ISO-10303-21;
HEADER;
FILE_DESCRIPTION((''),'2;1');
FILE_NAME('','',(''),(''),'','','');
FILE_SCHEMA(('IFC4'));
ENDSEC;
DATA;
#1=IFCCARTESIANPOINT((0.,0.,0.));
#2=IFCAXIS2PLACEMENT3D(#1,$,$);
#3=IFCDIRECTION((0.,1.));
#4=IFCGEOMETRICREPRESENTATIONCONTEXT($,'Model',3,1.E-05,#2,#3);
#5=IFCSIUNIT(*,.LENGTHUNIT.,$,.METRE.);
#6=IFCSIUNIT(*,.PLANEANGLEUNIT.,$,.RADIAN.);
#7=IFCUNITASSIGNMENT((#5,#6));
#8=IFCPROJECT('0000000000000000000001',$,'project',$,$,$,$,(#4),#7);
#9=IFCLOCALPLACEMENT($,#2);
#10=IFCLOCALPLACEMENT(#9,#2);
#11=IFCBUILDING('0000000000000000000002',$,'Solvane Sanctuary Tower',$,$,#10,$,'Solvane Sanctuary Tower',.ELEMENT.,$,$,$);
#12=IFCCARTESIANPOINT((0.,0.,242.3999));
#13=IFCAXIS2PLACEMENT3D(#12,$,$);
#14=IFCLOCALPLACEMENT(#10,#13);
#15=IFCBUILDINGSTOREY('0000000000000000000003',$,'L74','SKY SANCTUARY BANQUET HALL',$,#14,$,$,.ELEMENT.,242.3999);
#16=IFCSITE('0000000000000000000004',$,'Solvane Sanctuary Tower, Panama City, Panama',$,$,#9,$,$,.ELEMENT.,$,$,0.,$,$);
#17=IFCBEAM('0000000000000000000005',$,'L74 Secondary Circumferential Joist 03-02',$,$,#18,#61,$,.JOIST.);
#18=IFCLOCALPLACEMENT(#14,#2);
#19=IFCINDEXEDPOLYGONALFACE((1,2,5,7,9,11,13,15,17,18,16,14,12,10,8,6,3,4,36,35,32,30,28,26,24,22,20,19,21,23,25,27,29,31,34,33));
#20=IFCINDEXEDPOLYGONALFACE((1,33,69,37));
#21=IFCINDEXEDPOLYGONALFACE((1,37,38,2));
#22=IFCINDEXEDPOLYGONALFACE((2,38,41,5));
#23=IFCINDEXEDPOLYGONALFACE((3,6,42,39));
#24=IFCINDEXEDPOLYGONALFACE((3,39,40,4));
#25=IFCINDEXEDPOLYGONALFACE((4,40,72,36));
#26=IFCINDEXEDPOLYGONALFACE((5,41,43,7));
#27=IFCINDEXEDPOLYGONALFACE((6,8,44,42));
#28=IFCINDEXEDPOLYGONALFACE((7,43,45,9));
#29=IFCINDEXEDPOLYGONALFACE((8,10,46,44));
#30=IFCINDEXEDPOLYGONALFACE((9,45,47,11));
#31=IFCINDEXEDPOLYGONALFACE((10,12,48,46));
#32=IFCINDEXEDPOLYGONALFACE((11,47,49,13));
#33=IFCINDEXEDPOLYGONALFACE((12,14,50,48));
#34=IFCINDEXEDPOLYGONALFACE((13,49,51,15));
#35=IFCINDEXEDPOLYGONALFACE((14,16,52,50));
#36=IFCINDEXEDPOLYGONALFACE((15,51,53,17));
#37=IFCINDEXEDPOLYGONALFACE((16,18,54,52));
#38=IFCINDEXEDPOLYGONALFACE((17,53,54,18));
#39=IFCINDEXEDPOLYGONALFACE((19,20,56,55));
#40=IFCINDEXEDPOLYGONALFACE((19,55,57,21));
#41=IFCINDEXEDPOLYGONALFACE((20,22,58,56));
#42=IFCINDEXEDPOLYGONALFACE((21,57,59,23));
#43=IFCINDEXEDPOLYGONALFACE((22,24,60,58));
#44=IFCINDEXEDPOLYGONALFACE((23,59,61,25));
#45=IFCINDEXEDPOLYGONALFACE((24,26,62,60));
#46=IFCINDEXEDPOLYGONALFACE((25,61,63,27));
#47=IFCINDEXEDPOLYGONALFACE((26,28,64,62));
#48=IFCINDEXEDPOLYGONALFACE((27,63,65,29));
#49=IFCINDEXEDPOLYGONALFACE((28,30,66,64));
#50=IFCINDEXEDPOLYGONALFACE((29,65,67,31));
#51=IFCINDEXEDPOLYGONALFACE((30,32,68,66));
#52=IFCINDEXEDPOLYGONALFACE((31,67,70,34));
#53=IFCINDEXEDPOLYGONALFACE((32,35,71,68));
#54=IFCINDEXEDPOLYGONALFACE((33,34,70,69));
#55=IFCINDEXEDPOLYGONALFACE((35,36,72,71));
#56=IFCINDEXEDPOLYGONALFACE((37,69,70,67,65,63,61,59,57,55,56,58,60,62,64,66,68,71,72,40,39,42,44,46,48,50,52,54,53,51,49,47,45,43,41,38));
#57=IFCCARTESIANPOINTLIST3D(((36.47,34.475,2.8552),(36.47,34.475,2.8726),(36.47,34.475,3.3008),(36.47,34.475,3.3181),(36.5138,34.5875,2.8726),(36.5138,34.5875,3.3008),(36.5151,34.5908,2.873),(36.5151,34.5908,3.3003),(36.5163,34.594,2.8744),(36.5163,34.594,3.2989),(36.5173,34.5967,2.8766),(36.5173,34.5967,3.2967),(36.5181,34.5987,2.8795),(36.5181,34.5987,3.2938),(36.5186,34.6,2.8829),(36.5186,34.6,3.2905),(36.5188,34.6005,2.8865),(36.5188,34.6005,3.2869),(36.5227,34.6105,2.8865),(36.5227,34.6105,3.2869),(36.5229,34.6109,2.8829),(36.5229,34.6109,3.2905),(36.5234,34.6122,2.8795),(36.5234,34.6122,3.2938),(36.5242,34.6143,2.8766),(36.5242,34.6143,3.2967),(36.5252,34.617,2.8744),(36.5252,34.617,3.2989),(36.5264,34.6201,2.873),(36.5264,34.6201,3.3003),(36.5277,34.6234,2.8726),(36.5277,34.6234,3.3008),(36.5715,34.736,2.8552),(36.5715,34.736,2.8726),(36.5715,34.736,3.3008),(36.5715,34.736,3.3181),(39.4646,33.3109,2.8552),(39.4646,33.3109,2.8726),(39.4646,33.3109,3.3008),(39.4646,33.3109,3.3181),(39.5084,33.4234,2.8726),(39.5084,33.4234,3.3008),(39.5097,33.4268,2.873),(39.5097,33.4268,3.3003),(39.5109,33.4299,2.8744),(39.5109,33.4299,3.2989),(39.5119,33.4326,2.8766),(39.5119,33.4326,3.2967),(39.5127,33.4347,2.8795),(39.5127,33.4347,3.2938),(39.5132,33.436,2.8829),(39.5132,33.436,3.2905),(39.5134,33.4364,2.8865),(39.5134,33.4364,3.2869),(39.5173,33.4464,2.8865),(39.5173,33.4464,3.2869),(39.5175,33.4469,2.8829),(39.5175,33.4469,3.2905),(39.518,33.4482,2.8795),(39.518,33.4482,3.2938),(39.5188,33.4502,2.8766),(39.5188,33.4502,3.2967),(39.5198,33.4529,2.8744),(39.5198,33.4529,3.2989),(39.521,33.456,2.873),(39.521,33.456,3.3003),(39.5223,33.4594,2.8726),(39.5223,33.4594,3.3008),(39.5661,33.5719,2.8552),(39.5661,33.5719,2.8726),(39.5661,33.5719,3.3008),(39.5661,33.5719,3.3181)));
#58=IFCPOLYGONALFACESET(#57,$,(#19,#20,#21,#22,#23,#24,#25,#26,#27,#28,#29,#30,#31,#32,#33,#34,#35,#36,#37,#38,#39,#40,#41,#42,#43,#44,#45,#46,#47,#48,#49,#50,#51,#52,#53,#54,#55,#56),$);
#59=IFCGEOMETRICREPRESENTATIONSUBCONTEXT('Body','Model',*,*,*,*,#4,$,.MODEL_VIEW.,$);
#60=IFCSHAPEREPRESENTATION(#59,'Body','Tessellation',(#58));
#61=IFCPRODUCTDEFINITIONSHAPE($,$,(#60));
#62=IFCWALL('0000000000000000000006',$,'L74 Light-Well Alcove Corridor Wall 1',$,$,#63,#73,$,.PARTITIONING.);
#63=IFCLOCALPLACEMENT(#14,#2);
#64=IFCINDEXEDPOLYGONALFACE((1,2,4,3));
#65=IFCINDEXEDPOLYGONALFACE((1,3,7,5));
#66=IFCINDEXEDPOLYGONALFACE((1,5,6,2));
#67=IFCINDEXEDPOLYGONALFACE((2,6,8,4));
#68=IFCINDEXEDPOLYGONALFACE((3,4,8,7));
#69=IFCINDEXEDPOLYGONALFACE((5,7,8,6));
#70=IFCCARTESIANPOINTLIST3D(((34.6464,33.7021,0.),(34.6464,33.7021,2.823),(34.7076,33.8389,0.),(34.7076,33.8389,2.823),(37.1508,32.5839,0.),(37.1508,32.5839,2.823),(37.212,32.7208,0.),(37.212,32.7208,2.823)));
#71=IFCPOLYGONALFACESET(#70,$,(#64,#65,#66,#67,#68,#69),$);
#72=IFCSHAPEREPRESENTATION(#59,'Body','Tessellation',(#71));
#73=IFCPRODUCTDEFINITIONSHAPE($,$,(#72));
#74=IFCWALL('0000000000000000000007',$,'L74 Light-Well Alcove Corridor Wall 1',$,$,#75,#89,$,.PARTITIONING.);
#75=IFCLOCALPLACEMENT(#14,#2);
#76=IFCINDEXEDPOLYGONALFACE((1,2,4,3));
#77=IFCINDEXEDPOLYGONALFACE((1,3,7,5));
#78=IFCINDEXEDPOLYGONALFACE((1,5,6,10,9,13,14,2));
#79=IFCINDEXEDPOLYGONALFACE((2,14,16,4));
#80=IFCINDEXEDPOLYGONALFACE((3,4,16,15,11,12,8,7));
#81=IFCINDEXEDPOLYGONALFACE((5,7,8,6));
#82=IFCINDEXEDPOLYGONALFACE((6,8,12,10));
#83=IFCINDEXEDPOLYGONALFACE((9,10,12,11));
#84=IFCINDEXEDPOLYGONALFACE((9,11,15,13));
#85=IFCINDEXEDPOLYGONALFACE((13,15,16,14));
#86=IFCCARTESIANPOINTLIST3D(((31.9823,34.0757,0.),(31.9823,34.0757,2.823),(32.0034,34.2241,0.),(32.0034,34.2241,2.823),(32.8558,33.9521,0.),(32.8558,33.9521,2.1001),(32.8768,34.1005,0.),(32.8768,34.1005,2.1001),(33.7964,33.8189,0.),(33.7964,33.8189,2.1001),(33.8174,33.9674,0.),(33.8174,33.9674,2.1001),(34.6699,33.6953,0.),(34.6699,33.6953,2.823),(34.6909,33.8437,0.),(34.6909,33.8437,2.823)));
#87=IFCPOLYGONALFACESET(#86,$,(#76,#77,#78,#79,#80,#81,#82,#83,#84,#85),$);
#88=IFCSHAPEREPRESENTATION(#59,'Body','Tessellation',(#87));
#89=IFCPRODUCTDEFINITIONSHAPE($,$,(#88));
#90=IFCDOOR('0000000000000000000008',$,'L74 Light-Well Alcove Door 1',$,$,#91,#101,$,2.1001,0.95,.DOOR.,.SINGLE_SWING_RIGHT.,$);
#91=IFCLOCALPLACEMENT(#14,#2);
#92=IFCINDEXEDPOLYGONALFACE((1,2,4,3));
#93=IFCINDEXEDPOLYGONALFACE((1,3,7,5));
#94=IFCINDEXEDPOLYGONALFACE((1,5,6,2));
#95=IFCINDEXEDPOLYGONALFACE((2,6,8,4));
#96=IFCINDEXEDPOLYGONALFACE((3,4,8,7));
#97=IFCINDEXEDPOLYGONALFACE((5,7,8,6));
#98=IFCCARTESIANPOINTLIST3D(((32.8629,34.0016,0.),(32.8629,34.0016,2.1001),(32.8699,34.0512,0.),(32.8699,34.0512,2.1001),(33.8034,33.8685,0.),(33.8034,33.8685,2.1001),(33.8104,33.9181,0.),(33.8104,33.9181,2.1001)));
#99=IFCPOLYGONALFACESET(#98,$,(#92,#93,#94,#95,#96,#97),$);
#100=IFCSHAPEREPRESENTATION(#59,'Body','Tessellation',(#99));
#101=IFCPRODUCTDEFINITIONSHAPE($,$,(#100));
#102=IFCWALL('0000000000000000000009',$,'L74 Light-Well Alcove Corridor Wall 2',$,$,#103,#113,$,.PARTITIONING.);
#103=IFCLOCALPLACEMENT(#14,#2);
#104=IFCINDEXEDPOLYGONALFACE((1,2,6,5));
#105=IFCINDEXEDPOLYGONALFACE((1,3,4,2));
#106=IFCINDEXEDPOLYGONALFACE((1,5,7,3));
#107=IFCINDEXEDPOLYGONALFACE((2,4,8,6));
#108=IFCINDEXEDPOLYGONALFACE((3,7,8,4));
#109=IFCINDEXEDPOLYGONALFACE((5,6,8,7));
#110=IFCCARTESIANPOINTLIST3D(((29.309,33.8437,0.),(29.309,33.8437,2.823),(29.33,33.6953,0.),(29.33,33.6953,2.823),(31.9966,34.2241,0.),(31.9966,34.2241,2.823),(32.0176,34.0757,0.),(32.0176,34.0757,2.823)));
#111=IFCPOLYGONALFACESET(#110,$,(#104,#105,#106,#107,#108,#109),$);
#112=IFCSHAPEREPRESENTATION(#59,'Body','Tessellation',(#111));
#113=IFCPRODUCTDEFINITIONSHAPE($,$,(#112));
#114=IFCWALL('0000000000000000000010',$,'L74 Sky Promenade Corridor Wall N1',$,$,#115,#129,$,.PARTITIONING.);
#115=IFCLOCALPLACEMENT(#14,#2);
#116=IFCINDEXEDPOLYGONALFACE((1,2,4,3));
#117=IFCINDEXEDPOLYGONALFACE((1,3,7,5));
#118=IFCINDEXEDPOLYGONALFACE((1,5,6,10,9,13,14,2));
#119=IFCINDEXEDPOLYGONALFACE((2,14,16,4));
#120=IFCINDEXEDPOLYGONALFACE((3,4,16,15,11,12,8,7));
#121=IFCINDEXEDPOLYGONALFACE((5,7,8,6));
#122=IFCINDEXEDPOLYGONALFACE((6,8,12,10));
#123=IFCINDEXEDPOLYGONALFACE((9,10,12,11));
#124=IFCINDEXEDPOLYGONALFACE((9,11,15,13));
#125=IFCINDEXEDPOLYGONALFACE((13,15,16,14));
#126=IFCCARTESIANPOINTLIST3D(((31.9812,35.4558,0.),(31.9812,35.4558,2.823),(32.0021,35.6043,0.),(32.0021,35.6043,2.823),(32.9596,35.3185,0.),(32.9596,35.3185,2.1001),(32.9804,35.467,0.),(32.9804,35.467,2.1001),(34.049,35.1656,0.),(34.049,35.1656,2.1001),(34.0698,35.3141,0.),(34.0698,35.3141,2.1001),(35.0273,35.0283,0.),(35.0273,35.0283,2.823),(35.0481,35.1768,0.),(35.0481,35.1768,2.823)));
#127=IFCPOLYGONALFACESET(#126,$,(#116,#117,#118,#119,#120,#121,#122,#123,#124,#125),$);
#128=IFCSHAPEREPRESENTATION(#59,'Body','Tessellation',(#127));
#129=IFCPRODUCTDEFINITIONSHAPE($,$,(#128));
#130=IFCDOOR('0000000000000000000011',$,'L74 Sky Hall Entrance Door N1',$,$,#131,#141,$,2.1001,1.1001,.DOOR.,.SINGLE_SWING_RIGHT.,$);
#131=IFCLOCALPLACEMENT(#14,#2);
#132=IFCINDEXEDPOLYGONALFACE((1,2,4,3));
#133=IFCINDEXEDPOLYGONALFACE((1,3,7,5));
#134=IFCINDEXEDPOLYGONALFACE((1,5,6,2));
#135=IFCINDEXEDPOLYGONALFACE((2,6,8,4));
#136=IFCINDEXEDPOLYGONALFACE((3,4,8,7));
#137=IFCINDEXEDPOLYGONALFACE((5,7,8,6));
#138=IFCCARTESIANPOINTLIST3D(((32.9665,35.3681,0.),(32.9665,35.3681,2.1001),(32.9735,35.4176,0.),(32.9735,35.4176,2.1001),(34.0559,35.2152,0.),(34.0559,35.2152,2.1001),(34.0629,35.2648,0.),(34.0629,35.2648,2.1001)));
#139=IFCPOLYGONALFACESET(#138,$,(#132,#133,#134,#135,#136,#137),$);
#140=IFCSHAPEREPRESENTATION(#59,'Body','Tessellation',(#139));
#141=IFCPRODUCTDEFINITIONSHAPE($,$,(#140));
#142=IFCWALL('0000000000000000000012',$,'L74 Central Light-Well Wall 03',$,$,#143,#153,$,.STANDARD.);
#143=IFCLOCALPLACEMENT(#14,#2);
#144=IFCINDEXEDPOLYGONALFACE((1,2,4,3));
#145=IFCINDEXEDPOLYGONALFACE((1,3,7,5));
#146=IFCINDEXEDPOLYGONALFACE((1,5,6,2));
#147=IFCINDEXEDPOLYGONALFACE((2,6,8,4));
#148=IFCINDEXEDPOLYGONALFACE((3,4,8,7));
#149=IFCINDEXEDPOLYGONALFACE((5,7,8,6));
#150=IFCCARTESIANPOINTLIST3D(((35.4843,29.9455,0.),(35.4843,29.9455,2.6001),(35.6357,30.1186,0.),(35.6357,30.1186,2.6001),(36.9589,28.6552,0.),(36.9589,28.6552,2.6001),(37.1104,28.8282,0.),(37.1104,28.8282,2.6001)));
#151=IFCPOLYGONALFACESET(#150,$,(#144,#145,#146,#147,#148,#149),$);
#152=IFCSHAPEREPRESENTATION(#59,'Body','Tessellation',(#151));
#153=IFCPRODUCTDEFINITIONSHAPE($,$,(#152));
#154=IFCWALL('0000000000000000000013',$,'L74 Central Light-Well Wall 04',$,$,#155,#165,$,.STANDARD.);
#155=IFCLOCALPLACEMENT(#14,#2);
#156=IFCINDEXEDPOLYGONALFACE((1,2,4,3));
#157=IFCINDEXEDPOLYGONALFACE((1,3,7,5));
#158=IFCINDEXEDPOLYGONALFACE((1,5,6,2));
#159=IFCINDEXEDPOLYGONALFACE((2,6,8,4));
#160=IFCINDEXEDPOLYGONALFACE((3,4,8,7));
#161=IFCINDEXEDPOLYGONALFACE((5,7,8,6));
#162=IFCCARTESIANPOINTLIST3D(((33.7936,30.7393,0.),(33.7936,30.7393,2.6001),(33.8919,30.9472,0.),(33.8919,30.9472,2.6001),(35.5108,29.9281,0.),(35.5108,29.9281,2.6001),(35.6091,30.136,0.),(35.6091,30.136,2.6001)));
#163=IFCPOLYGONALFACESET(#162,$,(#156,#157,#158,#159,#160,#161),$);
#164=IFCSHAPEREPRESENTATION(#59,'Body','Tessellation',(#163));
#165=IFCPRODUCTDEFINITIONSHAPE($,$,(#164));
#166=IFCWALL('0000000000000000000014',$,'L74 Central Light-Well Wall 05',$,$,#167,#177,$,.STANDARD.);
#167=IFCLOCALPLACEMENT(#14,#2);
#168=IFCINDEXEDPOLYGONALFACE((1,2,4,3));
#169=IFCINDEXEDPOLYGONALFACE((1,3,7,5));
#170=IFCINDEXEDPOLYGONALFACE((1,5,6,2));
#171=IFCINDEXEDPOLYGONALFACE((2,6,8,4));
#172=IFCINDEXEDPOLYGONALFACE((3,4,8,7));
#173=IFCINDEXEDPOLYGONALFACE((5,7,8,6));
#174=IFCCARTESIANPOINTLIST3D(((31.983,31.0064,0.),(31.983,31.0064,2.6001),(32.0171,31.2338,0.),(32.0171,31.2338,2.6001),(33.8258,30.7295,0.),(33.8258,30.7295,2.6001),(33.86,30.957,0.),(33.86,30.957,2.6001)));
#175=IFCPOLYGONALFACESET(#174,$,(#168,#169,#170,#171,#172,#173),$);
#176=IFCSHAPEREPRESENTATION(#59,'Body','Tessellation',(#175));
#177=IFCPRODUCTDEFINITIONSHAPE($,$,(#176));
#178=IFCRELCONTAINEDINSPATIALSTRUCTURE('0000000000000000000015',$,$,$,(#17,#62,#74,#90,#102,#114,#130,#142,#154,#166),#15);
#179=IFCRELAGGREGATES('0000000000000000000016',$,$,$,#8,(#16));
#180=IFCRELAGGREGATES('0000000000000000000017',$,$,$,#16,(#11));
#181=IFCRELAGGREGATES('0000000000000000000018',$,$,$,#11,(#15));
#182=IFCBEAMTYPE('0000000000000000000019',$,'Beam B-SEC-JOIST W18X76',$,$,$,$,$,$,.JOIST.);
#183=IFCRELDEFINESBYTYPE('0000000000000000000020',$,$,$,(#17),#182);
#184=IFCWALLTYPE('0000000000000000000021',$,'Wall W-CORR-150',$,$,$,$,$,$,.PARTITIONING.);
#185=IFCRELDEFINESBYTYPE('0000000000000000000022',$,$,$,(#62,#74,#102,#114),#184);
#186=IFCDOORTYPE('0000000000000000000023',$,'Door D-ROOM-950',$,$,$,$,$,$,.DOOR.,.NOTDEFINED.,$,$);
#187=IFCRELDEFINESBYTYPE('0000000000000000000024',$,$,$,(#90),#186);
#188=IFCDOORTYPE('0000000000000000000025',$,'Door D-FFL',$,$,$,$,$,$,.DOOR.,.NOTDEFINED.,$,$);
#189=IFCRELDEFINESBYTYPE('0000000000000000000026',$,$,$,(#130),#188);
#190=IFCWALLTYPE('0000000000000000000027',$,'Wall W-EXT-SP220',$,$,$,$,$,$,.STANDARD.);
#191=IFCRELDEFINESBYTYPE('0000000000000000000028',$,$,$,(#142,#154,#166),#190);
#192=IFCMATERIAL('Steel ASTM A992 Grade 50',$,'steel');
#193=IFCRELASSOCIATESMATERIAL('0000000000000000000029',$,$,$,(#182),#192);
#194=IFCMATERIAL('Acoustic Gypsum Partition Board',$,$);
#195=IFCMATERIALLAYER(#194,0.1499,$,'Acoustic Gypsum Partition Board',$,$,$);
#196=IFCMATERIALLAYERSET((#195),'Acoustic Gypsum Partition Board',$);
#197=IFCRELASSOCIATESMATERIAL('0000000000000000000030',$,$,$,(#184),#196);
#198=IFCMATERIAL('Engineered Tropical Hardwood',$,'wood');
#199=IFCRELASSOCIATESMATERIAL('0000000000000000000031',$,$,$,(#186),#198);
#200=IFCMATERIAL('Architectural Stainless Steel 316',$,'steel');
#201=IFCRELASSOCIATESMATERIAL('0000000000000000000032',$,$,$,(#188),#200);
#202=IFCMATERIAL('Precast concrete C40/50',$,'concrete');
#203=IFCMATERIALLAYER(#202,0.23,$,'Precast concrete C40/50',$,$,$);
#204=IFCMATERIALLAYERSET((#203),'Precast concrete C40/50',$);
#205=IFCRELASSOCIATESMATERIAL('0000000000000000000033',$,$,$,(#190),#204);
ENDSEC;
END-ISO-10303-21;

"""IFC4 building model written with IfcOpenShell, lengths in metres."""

from ifc_helpers import new_model, si_unit, direction, frame, frame_2d, origin, origin_2d, place, context, subcontext, project, spatial, rectangle, i_section, extrude, material, layer, layer_set, material_profile, profile_set, type_object, element, fill, save


model = new_model("IFC4")

# Units and contexts
model_context = context("Model", 3, precision=1e-05, world=origin(), true_north=direction((0.0, 1.0)))
body_context = subcontext(model_context, "Body", "Model", "MODEL_VIEW")
ifc_project = project(units=[si_unit("LENGTHUNIT", "METRE"), si_unit("PLANEANGLEUNIT", "RADIAN")], contexts=[model_context])

# Site, building, storey
site_placement = place(None, origin())
site = spatial("IfcSite", under=ifc_project, at=site_placement, Name="Solvane Sanctuary Tower, Panama City, Panama", CompositionType="ELEMENT", RefElevation=0.0)
building_placement = place(site_placement, origin())
building = spatial("IfcBuilding", under=site, at=building_placement, Name="Solvane Sanctuary Tower", LongName="Solvane Sanctuary Tower", CompositionType="ELEMENT")
storey_placement = place(building_placement, frame((0.0, 0.0, 242.3999)))
storey = spatial("IfcBuildingStorey", under=building, at=storey_placement, Name="L74", Description="SKY SANCTUARY BANQUET HALL", CompositionType="ELEMENT", Elevation=242.3999)

# Beam
ifc_material_1 = material(Name="Steel ASTM A992 Grade 50", Category="steel")
ifc_material_profile_1 = material_profile(ifc_material_1, i_section(OverallWidth=0.28, OverallDepth=0.4629, WebThickness=0.0107, FlangeThickness=0.0173, FilletRadius=0.0139, at=origin_2d()), Name="W18X76")
ifc_profile_set_1 = profile_set([ifc_material_profile_1], Name="Steel ASTM A992 Grade 50")
beam_type_1 = type_object("IfcBeamType", Name="Beam B-SEC-JOIST W18X76", PredefinedType="JOIST", material=ifc_profile_set_1)
beam_1_placement = place(storey_placement, frame((36.5208, 34.6055, 3.0867), z_axis=(0.932059, -0.362307, 0.0), x_axis=(0.362307, 0.932059, 0.0)))
element("IfcBeam", 1, at=beam_1_placement, inside=storey, type_object=beam_type_1, Name="L74 Secondary Circumferential Joist 03-02", PredefinedType="JOIST", context=body_context, shape_type="SweptSolid", body=[
    extrude(i_section(OverallWidth=0.28, OverallDepth=0.4629, WebThickness=0.0107, FlangeThickness=0.0173, FilletRadius=0.0139, at=origin_2d()), origin(), (0.0, 0.0, 1.0), 3.2129),
])

# Wall
ifc_material_2 = material(Name="Acoustic Gypsum Partition Board")
ifc_layer_1 = layer(ifc_material_2, 0.1499, Name="Acoustic Gypsum Partition Board")
ifc_layer_set_1 = layer_set([ifc_layer_1], Name="Acoustic Gypsum Partition Board")
wall_type_1 = type_object("IfcWallType", Name="Wall W-CORR-150", PredefinedType="PARTITIONING", material=ifc_layer_set_1)
wall_1_placement = place(storey_placement, frame((37.1814, 32.6523, 0.0), z_axis=(0.0, 0.0, 1.0), x_axis=(-0.91312, 0.407691, 0.0)))
element("IfcWall", 2, at=wall_1_placement, inside=storey, type_object=wall_type_1, Name="L74 Light-Well Alcove Corridor Wall 1", PredefinedType="PARTITIONING", context=body_context, shape_type="SweptSolid", body=[
    extrude(rectangle(XDim=2.7427, YDim=0.1499, at=frame_2d((1.3713, 0.0))), origin(), (0.0, 0.0, 1.0), 2.823),
])

# Wall, opening, door
wall_2_placement = place(storey_placement, frame((34.6804, 33.7695, 0.0), z_axis=(0.0, 0.0, 1.0), x_axis=(-0.990132, 0.140137, 0.0)))
wall_2 = element("IfcWall", 3, at=wall_2_placement, inside=storey, type_object=wall_type_1, Name="L74 Light-Well Alcove Corridor Wall 1", PredefinedType="PARTITIONING", context=body_context, shape_type="SweptSolid", body=[
    extrude(rectangle(XDim=2.7144, YDim=0.1499, at=frame_2d((1.3572, 0.0))), origin(), (0.0, 0.0, 1.0), 2.823),
])
opening_1_placement = place(wall_2_placement, frame((0.8821, 0.0, 0.0)))
opening_1 = element("IfcOpeningElement", 4, at=opening_1_placement, cuts=wall_2, PredefinedType="OPENING", context=body_context, shape_type="SweptSolid", body=[
    extrude(rectangle(XDim=0.95, YDim=2.1001, at=frame_2d((0.4751, 1.05))), frame((0.0, 0.085, 0.0), z_axis=(0.0, -1.0, 0.0), x_axis=(1.0, 0.0, 0.0)), (0.0, 0.0, 1.0), 0.1699),
])
ifc_material_3 = material(Name="Engineered Tropical Hardwood", Category="wood")
door_type_1 = type_object("IfcDoorType", Name="Door D-ROOM-950", OperationType="NOTDEFINED", PredefinedType="DOOR", material=ifc_material_3)
door_1_placement = place(opening_1_placement, origin())
door_1 = element("IfcDoor", 5, at=door_1_placement, inside=storey, type_object=door_type_1, Name="L74 Light-Well Alcove Door 1", OperationType="SINGLE_SWING_RIGHT", OverallHeight=2.1001, OverallWidth=0.95, PredefinedType="DOOR", context=body_context, shape_type="SweptSolid", body=[
    extrude(rectangle(XDim=0.95, YDim=2.1001, at=frame_2d((0.4751, 1.05))), frame((0.0, 0.0249, 0.0), z_axis=(0.0, -1.0, 0.0), x_axis=(1.0, 0.0, 0.0)), (0.0, 0.0, 1.0), 0.05),
])
fill(opening_1, door_1)

# Wall
wall_3_placement = place(storey_placement, frame((32.0071, 34.1499, 0.0), z_axis=(0.0, 0.0, 1.0), x_axis=(-0.990132, -0.140137, 0.0)))
element("IfcWall", 6, at=wall_3_placement, inside=storey, type_object=wall_type_1, Name="L74 Light-Well Alcove Corridor Wall 2", PredefinedType="PARTITIONING", context=body_context, shape_type="SweptSolid", body=[
    extrude(rectangle(XDim=2.7144, YDim=0.1499, at=frame_2d((1.3572, 0.0))), origin(), (0.0, 0.0, 1.0), 2.823),
])

# Wall, opening, door
wall_4_placement = place(storey_placement, frame((35.0378, 35.1025, 0.0), z_axis=(0.0, 0.0, 1.0), x_axis=(-0.990296, 0.138976, 0.0)))
wall_4 = element("IfcWall", 7, at=wall_4_placement, inside=storey, type_object=wall_type_1, Name="L74 Sky Promenade Corridor Wall N1", PredefinedType="PARTITIONING", context=body_context, shape_type="SweptSolid", body=[
    extrude(rectangle(XDim=3.0759, YDim=0.1499, at=frame_2d((1.5381, 0.0))), origin(), (0.0, 0.0, 1.0), 2.823),
])
opening_2_placement = place(wall_4_placement, frame((0.988, 0.0, 0.0)))
opening_2 = element("IfcOpeningElement", 8, at=opening_2_placement, cuts=wall_4, PredefinedType="OPENING", context=body_context, shape_type="SweptSolid", body=[
    extrude(rectangle(XDim=1.1001, YDim=2.1001, at=frame_2d((0.55, 1.05))), frame((0.0, 0.085, 0.0), z_axis=(0.0, -1.0, 0.0), x_axis=(1.0, 0.0, 0.0)), (0.0, 0.0, 1.0), 0.1699),
])
ifc_material_4 = material(Name="Architectural Stainless Steel 316", Category="steel")
door_type_2 = type_object("IfcDoorType", Name="Door D-FFL", OperationType="NOTDEFINED", PredefinedType="DOOR", material=ifc_material_4)
door_2_placement = place(opening_2_placement, origin())
door_2 = element("IfcDoor", 9, at=door_2_placement, inside=storey, type_object=door_type_2, Name="L74 Sky Hall Entrance Door N1", OperationType="SINGLE_SWING_RIGHT", OverallHeight=2.1001, OverallWidth=1.1001, PredefinedType="DOOR", context=body_context, shape_type="SweptSolid", body=[
    extrude(rectangle(XDim=1.1001, YDim=2.1001, at=frame_2d((0.55, 1.05))), frame((0.0, 0.0249, 0.0), z_axis=(0.0, -1.0, 0.0), x_axis=(1.0, 0.0, 0.0)), (0.0, 0.0, 1.0), 0.05),
])
fill(opening_2, door_2)

# Walls
ifc_material_5 = material(Name="Precast concrete C40/50", Category="concrete")
ifc_layer_2 = layer(ifc_material_5, 0.23, Name="Precast concrete C40/50")
ifc_layer_set_2 = layer_set([ifc_layer_2], Name="Precast concrete C40/50")
wall_type_2 = type_object("IfcWallType", Name="Wall W-EXT-SP220", PredefinedType="STANDARD", material=ifc_layer_set_2)
wall_5_placement = place(storey_placement, frame((37.0347, 28.7417, 0.0), z_axis=(0.0, 0.0, 1.0), x_axis=(-0.752577, 0.658505, 0.0)))
element("IfcWall", 10, at=wall_5_placement, inside=storey, type_object=wall_type_2, Name="L74 Central Light-Well Wall 03", PredefinedType="STANDARD", context=body_context, shape_type="SweptSolid", body=[
    extrude(rectangle(XDim=1.9595, YDim=0.23, at=frame_2d((0.9797, 0.0))), origin(), (0.0, 0.0, 1.0), 2.6001),
])
wall_6_placement = place(storey_placement, frame((35.5601, 30.032, 0.0), z_axis=(0.0, 0.0, 1.0), x_axis=(-0.90418, 0.427152, 0.0)))
element("IfcWall", 11, at=wall_6_placement, inside=storey, type_object=wall_type_2, Name="L74 Central Light-Well Wall 04", PredefinedType="STANDARD", context=body_context, shape_type="SweptSolid", body=[
    extrude(rectangle(XDim=1.8992, YDim=0.23, at=frame_2d((0.9497, 0.0))), origin(), (0.0, 0.0, 1.0), 2.6001),
])
for number, where, z_axis, x_axis, name in (
    (12, (33.8428, 30.8433, 0.0), (0.0, 0.0, 1.0), (-0.988902, 0.148571, 0.0), "L74 Central Light-Well Wall 05"),
):
    element("IfcWall", number, at=place(storey_placement, frame(where, z_axis=z_axis, x_axis=x_axis)), inside=storey, type_object=wall_type_2, Name=name, PredefinedType="STANDARD", context=body_context, shape_type="SweptSolid", body=[
        extrude(rectangle(XDim=1.8635, YDim=0.23, at=frame_2d((0.9316, 0.0))), origin(), (0.0, 0.0, 1.0), 2.6001),
    ])

save(model, "model.ifc")
